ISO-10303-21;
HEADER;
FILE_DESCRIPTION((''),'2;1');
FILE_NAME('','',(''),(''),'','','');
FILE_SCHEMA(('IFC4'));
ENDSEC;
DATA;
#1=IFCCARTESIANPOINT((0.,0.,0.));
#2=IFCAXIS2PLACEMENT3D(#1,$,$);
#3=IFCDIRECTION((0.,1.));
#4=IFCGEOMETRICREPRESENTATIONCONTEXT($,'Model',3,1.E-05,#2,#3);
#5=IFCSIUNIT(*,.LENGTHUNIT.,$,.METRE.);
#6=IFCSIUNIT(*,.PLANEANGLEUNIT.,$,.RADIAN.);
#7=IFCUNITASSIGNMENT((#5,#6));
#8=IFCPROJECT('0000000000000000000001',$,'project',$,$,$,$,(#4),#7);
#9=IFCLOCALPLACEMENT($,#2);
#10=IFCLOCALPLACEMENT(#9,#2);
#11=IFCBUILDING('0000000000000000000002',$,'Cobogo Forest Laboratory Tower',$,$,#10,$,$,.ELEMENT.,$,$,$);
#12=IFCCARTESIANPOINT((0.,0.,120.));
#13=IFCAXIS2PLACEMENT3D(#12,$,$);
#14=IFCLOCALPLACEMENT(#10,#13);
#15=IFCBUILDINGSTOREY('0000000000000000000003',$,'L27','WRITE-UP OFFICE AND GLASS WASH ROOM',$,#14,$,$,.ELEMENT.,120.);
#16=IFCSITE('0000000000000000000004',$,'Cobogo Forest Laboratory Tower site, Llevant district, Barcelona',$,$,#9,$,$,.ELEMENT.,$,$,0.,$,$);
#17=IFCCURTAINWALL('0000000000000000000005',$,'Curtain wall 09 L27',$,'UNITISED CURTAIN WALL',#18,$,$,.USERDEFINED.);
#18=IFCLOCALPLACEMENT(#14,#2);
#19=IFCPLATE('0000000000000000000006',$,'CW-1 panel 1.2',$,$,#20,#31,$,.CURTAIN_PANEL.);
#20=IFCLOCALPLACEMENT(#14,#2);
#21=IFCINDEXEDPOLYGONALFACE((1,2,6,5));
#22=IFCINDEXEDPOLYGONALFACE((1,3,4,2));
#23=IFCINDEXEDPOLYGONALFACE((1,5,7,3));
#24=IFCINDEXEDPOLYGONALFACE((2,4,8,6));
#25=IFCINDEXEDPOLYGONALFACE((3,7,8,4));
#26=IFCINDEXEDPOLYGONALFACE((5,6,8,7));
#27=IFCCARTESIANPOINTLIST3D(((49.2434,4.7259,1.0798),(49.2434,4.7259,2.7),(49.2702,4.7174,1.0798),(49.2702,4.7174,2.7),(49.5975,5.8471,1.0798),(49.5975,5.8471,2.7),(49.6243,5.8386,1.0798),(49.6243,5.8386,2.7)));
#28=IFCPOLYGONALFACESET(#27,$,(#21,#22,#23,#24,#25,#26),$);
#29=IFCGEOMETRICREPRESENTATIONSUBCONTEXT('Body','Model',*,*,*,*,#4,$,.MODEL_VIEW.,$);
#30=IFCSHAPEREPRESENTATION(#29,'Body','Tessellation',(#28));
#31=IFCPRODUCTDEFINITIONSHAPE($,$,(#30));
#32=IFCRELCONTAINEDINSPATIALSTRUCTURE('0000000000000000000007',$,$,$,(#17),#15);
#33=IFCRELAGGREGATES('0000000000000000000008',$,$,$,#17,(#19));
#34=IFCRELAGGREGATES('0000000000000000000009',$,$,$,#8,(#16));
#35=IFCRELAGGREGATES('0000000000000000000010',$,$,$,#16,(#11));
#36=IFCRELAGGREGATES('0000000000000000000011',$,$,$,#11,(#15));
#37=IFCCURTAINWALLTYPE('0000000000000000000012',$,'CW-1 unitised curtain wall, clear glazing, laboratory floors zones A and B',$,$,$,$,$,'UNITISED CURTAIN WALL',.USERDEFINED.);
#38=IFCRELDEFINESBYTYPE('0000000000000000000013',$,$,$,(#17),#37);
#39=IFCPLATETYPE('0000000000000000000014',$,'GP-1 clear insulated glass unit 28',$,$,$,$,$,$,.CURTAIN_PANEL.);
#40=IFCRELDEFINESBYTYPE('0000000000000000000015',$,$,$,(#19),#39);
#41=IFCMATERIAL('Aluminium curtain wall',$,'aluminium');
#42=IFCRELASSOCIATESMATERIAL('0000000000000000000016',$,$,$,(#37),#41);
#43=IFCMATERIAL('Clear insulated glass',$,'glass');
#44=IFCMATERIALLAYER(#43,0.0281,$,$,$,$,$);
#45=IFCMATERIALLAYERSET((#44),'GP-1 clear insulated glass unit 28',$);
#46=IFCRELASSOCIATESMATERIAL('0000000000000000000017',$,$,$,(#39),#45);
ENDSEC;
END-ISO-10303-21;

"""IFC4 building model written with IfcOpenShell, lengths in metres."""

from ifc_helpers import new_model, si_unit, direction, frame, origin, origin_2d, place, context, subcontext, project, spatial, rectangle, extrude, material, layer, layer_set, type_object, element, aggregate, save


model = new_model("IFC4")

# Units and contexts
model_context = context("Model", 3, precision=1e-05, world=origin(), true_north=direction((0.0, 1.0)))
body_context = subcontext(model_context, "Body", "Model", "MODEL_VIEW")
ifc_project = project(units=[si_unit("LENGTHUNIT", "METRE"), si_unit("PLANEANGLEUNIT", "RADIAN")], contexts=[model_context])

# Site, building, storey
site_placement = place(None, origin())
site = spatial("IfcSite", under=ifc_project, at=site_placement, Name="Cobogo Forest Laboratory Tower site, Llevant district, Barcelona", CompositionType="ELEMENT", RefElevation=0.0)
building_placement = place(site_placement, origin())
building = spatial("IfcBuilding", under=site, at=building_placement, Name="Cobogo Forest Laboratory Tower", CompositionType="ELEMENT")
storey_placement = place(building_placement, frame((0.0, 0.0, 120.0)))
storey = spatial("IfcBuildingStorey", under=building, at=storey_placement, Name="L27", Description="WRITE-UP OFFICE AND GLASS WASH ROOM", CompositionType="ELEMENT", Elevation=120.0)

# Shared definitions
ifc_material_1 = material(Name="Aluminium curtain wall", Category="aluminium")
curtain_wall_type = type_object("IfcCurtainWallType", Name="CW-1 unitised curtain wall, clear glazing, laboratory floors zones A and B", ElementType="UNITISED CURTAIN WALL", PredefinedType="USERDEFINED", material=ifc_material_1)

# Curtain wall
curtain_wall_1_placement = place(storey_placement, origin())
curtain_wall_1 = element("IfcCurtainWall", 1, at=curtain_wall_1_placement, inside=storey, type_object=curtain_wall_type, Name="Curtain wall 09 L27", ObjectType="UNITISED CURTAIN WALL", PredefinedType="USERDEFINED")

# Plate
ifc_material_2 = material(Name="Clear insulated glass", Category="glass")
ifc_layer = layer(ifc_material_2, 0.0281)
ifc_layer_set = layer_set([ifc_layer], Name="GP-1 clear insulated glass unit 28")
plate_type_1 = type_object("IfcPlateType", Name="GP-1 clear insulated glass unit 28", PredefinedType="CURTAIN_PANEL", material=ifc_layer_set)
plate_1_placement = place(storey_placement, frame((49.4338, 5.2822, 1.0798), z_axis=(0.0, 0.0, 1.0), x_axis=(0.301135, 0.953581, 0.0)))
plate_1 = element("IfcPlate", 2, at=plate_1_placement, type_object=plate_type_1, Name="CW-1 panel 1.2", PredefinedType="CURTAIN_PANEL", context=body_context, shape_type="SweptSolid", body=[
    extrude(rectangle(XDim=1.1758, YDim=0.0281, at=origin_2d()), origin(), (0.0, 0.0, 1.0), 1.6201),
])
aggregate(curtain_wall_1, [plate_1])

save(model, "model.ifc")
